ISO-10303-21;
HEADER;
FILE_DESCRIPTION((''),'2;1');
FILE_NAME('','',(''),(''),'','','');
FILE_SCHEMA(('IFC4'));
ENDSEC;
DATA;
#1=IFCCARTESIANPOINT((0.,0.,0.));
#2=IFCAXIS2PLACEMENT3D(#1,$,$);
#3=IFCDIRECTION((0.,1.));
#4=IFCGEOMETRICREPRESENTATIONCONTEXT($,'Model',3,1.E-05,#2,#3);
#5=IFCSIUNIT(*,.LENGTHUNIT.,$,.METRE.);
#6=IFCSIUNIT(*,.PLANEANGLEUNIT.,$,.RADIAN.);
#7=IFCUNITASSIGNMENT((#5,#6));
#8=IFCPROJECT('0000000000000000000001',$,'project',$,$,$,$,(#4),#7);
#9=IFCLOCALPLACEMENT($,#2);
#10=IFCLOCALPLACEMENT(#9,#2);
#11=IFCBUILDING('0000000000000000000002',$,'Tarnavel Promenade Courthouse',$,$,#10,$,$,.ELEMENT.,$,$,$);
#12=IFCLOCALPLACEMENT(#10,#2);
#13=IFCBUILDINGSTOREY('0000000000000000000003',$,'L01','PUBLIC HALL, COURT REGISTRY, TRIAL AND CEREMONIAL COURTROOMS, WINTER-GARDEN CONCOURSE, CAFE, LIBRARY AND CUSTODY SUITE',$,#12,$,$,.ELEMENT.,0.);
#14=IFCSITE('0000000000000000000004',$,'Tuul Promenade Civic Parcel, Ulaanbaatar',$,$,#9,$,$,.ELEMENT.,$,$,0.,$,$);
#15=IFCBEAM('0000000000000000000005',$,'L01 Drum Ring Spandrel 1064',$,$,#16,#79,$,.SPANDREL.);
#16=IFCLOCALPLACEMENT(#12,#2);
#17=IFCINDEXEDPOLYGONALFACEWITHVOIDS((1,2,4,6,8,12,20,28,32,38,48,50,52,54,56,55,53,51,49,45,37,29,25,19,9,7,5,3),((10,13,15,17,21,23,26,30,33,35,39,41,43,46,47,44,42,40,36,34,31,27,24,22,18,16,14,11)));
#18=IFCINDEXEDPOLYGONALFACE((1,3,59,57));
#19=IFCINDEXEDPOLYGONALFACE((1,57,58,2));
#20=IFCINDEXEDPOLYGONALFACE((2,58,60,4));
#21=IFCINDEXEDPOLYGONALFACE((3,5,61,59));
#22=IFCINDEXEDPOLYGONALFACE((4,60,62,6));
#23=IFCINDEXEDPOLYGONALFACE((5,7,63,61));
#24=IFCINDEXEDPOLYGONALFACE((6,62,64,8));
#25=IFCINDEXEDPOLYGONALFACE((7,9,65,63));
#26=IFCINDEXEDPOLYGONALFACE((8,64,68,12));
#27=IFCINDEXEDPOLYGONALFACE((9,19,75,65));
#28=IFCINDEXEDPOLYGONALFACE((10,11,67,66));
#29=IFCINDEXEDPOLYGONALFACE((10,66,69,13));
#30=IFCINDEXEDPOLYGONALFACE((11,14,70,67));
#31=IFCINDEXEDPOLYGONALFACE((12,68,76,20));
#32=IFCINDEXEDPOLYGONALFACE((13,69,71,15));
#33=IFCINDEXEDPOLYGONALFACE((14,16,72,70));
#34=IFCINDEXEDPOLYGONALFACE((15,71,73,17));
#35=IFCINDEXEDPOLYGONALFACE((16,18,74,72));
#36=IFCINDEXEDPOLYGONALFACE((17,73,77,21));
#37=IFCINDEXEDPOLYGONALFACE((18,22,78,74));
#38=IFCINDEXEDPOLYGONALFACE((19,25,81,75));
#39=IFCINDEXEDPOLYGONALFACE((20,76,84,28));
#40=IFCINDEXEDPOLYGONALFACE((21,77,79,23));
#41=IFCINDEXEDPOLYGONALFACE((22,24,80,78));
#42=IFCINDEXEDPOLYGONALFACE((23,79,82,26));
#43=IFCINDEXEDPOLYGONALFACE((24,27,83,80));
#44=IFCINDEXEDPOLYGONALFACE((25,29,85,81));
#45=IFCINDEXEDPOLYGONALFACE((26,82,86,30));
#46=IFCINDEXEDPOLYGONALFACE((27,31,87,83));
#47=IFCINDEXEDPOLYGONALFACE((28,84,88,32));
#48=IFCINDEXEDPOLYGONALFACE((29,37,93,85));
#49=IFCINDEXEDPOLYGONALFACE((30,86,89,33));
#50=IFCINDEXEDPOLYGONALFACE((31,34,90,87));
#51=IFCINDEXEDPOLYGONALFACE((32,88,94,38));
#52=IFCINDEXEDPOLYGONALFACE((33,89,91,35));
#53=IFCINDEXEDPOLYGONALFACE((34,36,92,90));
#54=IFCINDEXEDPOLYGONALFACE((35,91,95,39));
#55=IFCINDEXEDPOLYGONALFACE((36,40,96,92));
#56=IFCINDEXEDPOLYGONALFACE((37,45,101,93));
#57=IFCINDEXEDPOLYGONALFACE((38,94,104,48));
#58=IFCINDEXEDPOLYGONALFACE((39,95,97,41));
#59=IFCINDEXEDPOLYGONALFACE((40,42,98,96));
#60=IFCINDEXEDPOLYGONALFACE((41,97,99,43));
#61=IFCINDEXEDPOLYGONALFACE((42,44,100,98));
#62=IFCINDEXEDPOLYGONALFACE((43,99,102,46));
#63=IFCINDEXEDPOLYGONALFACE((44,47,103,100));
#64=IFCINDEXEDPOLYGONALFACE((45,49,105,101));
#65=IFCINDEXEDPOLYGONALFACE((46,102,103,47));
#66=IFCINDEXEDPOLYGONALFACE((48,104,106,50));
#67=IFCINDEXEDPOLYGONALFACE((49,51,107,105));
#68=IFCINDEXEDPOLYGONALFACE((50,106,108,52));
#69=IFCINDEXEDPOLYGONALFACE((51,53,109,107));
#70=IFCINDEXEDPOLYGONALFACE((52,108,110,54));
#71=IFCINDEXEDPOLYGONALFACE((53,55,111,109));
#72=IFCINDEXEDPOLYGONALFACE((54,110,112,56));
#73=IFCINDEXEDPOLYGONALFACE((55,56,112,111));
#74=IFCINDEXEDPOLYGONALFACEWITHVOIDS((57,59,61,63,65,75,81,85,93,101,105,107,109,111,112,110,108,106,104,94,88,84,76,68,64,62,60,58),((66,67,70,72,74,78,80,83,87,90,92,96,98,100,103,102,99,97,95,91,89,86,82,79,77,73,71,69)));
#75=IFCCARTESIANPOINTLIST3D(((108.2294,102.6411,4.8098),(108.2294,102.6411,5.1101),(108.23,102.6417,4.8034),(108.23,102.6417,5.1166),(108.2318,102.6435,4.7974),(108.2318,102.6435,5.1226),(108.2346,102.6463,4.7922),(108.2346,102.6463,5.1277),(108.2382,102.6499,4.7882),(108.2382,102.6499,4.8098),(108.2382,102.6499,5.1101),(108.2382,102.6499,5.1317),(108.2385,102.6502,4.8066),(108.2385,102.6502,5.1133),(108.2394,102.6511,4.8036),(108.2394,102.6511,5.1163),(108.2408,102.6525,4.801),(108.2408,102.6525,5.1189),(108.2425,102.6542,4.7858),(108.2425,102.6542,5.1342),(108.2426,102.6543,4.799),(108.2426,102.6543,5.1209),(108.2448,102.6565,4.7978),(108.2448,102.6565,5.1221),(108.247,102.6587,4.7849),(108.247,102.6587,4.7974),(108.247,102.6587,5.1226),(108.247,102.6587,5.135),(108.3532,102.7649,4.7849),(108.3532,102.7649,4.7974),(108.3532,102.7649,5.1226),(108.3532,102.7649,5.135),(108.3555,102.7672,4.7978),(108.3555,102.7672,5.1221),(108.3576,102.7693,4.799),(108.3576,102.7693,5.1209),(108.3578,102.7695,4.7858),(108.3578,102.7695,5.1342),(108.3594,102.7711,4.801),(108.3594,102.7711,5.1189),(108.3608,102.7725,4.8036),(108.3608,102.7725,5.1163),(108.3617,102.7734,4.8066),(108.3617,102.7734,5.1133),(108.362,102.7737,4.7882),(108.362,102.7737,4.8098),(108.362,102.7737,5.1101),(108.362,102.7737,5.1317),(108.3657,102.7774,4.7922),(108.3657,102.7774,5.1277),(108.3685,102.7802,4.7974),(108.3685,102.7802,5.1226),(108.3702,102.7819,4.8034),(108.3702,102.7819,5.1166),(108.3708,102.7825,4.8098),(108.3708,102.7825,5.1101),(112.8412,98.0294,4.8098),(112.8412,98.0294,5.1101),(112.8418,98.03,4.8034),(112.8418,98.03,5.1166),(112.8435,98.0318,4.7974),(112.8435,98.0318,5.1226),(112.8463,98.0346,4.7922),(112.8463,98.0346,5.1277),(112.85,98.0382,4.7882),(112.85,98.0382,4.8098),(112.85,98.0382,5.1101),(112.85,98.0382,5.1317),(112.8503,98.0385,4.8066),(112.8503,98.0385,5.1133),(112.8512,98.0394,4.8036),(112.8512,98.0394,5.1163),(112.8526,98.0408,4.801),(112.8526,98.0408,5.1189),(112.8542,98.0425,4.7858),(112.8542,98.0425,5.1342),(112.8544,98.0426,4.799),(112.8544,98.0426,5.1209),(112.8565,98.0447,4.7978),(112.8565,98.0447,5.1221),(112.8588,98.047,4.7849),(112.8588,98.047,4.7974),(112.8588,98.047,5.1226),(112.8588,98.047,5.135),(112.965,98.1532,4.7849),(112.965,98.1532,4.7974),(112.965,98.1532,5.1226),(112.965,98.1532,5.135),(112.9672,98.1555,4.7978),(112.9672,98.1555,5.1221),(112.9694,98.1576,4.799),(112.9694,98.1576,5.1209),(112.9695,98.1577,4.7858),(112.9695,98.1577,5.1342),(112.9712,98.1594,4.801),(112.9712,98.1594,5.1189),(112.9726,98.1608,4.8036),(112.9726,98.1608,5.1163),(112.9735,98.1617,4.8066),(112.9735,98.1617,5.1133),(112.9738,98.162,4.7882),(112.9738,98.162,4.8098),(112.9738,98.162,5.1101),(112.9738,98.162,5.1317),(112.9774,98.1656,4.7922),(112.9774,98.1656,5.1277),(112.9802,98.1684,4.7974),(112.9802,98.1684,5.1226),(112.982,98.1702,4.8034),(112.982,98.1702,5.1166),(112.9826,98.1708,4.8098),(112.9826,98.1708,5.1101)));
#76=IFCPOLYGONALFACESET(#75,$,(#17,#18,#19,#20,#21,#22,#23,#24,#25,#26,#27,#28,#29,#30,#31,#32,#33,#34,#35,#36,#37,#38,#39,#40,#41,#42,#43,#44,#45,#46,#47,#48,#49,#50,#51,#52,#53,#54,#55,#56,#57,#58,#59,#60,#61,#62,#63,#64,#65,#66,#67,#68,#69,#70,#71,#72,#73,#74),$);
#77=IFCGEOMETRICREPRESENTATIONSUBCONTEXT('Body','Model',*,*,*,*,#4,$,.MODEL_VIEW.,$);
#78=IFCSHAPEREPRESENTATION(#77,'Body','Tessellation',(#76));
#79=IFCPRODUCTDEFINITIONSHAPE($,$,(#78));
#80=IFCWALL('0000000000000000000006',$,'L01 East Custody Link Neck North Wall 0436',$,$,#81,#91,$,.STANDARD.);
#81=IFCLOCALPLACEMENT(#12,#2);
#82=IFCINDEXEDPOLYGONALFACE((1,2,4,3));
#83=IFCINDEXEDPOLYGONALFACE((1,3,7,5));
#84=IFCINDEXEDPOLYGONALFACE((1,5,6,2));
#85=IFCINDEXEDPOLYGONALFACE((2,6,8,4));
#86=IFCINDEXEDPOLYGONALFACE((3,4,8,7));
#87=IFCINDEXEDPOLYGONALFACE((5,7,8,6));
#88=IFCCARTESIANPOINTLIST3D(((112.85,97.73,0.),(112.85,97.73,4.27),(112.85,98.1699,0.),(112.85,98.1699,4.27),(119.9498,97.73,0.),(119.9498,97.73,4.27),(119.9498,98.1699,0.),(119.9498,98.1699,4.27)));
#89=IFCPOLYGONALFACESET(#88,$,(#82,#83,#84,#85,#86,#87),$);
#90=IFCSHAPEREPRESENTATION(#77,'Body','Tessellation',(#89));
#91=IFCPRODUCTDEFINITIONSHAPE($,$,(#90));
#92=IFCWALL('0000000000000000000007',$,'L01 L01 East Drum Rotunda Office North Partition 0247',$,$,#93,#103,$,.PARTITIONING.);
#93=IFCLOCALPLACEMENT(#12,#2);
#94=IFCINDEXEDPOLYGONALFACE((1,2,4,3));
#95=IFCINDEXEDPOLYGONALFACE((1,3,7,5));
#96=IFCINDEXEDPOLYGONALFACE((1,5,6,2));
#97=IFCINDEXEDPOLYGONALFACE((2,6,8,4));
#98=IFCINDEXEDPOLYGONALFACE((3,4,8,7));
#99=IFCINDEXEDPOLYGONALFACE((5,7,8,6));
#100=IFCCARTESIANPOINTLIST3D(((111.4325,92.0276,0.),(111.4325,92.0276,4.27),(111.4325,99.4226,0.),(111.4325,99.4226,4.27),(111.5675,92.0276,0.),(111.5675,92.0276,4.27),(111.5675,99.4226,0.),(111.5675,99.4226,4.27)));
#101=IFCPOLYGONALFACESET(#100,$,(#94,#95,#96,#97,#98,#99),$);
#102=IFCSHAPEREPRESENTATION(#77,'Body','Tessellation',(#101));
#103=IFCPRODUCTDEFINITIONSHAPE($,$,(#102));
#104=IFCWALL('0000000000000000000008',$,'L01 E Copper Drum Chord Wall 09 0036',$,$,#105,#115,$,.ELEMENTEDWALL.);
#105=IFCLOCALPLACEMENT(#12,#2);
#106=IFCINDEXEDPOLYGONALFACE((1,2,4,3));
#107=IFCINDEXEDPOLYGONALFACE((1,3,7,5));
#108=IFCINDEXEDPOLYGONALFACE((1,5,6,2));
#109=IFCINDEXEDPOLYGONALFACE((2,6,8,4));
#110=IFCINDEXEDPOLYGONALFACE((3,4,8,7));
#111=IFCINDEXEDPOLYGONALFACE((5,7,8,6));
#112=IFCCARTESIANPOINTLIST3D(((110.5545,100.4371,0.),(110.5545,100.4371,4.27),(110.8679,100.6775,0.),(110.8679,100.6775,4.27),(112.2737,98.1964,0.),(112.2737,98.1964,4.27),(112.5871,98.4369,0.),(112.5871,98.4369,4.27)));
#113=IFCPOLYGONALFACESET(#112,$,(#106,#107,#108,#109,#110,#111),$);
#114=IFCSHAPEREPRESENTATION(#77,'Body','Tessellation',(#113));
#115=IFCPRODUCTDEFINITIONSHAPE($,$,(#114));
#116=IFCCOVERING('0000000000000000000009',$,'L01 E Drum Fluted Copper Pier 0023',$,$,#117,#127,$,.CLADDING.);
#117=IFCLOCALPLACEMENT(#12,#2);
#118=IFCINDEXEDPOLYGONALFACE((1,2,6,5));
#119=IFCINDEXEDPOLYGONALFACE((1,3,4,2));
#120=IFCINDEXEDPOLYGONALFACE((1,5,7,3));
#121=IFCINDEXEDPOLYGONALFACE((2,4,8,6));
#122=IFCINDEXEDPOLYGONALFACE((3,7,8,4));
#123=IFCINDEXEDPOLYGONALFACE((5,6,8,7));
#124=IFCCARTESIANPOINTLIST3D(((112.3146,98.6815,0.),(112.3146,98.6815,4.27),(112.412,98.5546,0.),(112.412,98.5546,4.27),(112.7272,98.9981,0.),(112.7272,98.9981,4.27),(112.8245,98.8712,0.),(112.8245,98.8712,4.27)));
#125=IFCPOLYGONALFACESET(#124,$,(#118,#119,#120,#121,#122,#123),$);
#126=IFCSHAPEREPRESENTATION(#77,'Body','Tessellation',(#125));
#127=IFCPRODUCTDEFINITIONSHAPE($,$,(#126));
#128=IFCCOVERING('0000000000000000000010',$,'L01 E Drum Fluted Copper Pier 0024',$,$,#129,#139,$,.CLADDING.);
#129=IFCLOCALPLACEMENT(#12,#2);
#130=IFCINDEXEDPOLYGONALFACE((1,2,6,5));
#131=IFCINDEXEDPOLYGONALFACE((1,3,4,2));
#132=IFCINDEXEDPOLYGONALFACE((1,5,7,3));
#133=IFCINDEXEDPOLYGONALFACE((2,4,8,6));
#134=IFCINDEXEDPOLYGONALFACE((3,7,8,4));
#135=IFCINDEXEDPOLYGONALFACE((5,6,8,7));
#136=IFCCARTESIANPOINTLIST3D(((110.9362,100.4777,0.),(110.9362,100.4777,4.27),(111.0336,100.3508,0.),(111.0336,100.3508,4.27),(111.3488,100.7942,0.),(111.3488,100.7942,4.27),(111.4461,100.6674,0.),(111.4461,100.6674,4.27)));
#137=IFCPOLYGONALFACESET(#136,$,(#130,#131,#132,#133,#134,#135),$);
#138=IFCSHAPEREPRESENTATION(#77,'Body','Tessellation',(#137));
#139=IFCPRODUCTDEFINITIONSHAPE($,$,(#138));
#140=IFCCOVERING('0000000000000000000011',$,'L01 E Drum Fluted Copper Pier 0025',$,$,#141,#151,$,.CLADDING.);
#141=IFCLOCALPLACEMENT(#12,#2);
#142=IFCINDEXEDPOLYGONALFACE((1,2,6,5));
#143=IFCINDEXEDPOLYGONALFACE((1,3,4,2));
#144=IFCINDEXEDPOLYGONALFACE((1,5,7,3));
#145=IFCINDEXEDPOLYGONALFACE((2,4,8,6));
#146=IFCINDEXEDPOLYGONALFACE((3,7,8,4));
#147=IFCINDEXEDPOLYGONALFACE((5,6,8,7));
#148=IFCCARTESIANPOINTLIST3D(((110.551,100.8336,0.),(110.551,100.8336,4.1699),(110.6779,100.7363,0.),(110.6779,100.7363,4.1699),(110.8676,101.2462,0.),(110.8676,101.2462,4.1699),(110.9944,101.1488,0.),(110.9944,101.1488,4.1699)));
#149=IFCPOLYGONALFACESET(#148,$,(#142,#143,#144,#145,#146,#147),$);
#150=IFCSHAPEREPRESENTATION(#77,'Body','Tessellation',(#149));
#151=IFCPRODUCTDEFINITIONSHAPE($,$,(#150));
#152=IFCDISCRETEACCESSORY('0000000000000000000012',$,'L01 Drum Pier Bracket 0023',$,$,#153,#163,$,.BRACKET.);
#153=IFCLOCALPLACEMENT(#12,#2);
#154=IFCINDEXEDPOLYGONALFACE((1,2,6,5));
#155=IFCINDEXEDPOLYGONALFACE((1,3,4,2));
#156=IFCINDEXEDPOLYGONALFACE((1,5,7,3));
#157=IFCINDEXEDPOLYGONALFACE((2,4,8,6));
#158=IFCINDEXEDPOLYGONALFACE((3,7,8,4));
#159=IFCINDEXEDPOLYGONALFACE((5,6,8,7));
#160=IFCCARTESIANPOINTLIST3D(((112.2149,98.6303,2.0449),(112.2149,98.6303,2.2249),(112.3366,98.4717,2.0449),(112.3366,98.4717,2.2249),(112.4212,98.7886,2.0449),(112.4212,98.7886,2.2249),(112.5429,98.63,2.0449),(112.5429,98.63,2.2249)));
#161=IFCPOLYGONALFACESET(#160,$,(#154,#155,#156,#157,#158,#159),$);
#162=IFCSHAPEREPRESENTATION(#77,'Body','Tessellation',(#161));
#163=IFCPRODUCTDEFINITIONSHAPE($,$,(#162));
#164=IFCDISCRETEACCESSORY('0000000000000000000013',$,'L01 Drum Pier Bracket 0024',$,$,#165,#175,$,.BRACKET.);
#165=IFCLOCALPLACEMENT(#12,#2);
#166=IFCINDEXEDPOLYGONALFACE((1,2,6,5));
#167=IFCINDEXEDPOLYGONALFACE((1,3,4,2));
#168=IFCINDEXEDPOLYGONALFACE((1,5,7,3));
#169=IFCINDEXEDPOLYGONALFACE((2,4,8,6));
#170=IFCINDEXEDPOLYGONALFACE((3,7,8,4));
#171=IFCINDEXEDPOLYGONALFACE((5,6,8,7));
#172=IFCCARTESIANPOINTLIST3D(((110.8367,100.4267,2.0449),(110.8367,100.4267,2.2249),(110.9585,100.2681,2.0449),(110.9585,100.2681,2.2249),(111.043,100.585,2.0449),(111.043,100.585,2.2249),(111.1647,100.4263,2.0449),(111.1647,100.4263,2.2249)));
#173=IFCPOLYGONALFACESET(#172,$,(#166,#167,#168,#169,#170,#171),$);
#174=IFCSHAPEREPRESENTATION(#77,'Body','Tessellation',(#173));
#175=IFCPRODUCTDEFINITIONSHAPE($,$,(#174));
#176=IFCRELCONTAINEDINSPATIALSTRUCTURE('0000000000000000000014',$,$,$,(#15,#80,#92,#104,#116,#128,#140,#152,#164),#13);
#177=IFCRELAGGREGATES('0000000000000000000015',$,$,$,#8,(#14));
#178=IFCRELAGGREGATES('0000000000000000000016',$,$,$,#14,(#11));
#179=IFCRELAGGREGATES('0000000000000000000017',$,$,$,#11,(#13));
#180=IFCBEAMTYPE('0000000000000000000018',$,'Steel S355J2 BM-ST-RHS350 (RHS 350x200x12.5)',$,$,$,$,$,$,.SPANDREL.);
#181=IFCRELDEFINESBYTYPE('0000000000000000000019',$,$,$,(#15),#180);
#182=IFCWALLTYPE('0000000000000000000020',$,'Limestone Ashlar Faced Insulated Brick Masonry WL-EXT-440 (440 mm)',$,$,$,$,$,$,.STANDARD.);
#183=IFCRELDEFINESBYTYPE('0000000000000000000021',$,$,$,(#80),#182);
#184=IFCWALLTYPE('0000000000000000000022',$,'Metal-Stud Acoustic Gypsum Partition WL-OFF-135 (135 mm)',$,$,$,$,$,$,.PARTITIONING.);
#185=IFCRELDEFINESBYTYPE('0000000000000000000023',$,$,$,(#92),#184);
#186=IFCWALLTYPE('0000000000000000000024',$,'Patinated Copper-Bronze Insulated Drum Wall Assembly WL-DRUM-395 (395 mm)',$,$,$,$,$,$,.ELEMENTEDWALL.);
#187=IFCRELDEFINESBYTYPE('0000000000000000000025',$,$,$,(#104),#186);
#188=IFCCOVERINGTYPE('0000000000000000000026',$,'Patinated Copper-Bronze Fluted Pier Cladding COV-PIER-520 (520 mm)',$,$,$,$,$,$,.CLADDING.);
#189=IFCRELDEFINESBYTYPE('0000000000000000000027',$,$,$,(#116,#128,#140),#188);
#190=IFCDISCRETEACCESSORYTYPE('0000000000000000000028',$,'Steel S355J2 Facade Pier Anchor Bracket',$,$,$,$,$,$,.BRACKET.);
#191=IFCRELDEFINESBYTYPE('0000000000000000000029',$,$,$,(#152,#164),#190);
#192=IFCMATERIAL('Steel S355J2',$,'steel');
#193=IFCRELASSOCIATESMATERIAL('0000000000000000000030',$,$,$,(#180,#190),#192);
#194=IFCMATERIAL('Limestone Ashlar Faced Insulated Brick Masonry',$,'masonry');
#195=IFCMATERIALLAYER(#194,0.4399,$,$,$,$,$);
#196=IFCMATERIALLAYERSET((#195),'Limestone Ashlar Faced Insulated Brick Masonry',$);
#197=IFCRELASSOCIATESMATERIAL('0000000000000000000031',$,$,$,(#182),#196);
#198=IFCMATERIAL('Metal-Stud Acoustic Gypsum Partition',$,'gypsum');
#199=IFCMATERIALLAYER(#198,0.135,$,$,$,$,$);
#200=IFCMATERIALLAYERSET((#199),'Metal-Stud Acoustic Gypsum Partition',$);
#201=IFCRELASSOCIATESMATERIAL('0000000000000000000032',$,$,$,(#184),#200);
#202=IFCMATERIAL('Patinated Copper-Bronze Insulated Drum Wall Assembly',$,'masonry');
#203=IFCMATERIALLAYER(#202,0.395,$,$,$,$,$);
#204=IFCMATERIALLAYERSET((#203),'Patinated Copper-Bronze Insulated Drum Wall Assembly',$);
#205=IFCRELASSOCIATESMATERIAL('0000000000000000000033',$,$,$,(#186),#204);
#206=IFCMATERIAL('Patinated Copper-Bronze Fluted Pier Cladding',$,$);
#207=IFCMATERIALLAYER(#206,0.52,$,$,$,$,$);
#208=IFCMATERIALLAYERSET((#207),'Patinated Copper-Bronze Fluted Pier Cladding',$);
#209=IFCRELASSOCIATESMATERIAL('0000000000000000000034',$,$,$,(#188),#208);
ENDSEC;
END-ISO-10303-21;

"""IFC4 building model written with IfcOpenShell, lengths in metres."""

from ifc_helpers import new_model, si_unit, direction, frame, frame_2d, origin, origin_2d, place, context, subcontext, project, spatial, rectangle, hollow_rectangle, extrude, material, layer, layer_set, material_profile, profile_set, type_object, element, save


model = new_model("IFC4")

# Units and contexts
model_context = context("Model", 3, precision=1e-05, world=origin(), true_north=direction((0.0, 1.0)))
body_context = subcontext(model_context, "Body", "Model", "MODEL_VIEW")
ifc_project = project(units=[si_unit("LENGTHUNIT", "METRE"), si_unit("PLANEANGLEUNIT", "RADIAN")], contexts=[model_context])

# Site, building, storey
site_placement = place(None, origin())
site = spatial("IfcSite", under=ifc_project, at=site_placement, Name="Tuul Promenade Civic Parcel, Ulaanbaatar", CompositionType="ELEMENT", RefElevation=0.0)
building_placement = place(site_placement, origin())
building = spatial("IfcBuilding", under=site, at=building_placement, Name="Tarnavel Promenade Courthouse", CompositionType="ELEMENT")
storey_placement = place(building_placement, origin())
storey = spatial("IfcBuildingStorey", under=building, at=storey_placement, Name="L01", Description="PUBLIC HALL, COURT REGISTRY, TRIAL AND CEREMONIAL COURTROOMS, WINTER-GARDEN CONCOURSE, CAFE, LIBRARY AND CUSTODY SUITE", CompositionType="ELEMENT", Elevation=0.0)

# Beam
ifc_material_1 = material(Name="Steel S355J2", Category="steel")
ifc_material_profile_1 = material_profile(ifc_material_1, hollow_rectangle(XDim=0.2, YDim=0.3501, WallThickness=0.0125, InnerFilletRadius=0.0125, OuterFilletRadius=0.0249, at=origin_2d()), Name="RHS 350x200x12.5")
ifc_profile_set_1 = profile_set([ifc_material_profile_1], Name="Steel S355J2")
beam_type_1 = type_object("IfcBeamType", Name="Steel S355J2 BM-ST-RHS350 (RHS 350x200x12.5)", PredefinedType="SPANDREL", material=ifc_profile_set_1)
beam_1_placement = place(storey_placement, frame((112.9119, 98.1001, 4.96), z_axis=(-0.707107, 0.707107, 0.0), x_axis=(-0.707107, -0.707107, 0.0)))
element("IfcBeam", 1, at=beam_1_placement, inside=storey, type_object=beam_type_1, Name="L01 Drum Ring Spandrel 1064", PredefinedType="SPANDREL", context=body_context, shape_type="SweptSolid", body=[
    extrude(hollow_rectangle(XDim=0.2, YDim=0.3501, WallThickness=0.0125, InnerFilletRadius=0.0125, OuterFilletRadius=0.0249, at=origin_2d()), origin(), (0.0, 0.0, 1.0), 6.522),
])

# Walls
ifc_material_2 = material(Name="Limestone Ashlar Faced Insulated Brick Masonry", Category="masonry")
ifc_layer_1 = layer(ifc_material_2, 0.4399)
ifc_layer_set_1 = layer_set([ifc_layer_1], Name="Limestone Ashlar Faced Insulated Brick Masonry")
wall_type_1 = type_object("IfcWallType", Name="Limestone Ashlar Faced Insulated Brick Masonry WL-EXT-440 (440 mm)", PredefinedType="STANDARD", material=ifc_layer_set_1)
wall_1_placement = place(storey_placement, frame((112.8501, 97.95, 0.0), z_axis=(0.0, 0.0, 1.0), x_axis=(1.0, 0.0, 0.0)))
element("IfcWall", 2, at=wall_1_placement, inside=storey, type_object=wall_type_1, Name="L01 East Custody Link Neck North Wall 0436", PredefinedType="STANDARD", context=body_context, shape_type="SweptSolid", body=[
    extrude(rectangle(XDim=7.0999, YDim=0.4399, at=frame_2d((3.5498, 0.0))), origin(), (0.0, 0.0, 1.0), 4.27),
])
ifc_material_3 = material(Name="Metal-Stud Acoustic Gypsum Partition", Category="gypsum")
ifc_layer_2 = layer(ifc_material_3, 0.135)
ifc_layer_set_2 = layer_set([ifc_layer_2], Name="Metal-Stud Acoustic Gypsum Partition")
wall_type_2 = type_object("IfcWallType", Name="Metal-Stud Acoustic Gypsum Partition WL-OFF-135 (135 mm)", PredefinedType="PARTITIONING", material=ifc_layer_set_2)
wall_2_placement = place(storey_placement, frame((111.5, 99.4226, 0.0), z_axis=(0.0, 0.0, 1.0), x_axis=(0.0, -1.0, 0.0)))
element("IfcWall", 3, at=wall_2_placement, inside=storey, type_object=wall_type_2, Name="L01 L01 East Drum Rotunda Office North Partition 0247", PredefinedType="PARTITIONING", context=body_context, shape_type="SweptSolid", body=[
    extrude(rectangle(XDim=7.395, YDim=0.135, at=frame_2d((3.6975, 0.0))), origin(), (0.0, 0.0, 1.0), 4.27),
])
ifc_material_4 = material(Name="Patinated Copper-Bronze Insulated Drum Wall Assembly", Category="masonry")
ifc_layer_3 = layer(ifc_material_4, 0.395)
ifc_layer_set_3 = layer_set([ifc_layer_3], Name="Patinated Copper-Bronze Insulated Drum Wall Assembly")
wall_type_3 = type_object("IfcWallType", Name="Patinated Copper-Bronze Insulated Drum Wall Assembly WL-DRUM-395 (395 mm)", PredefinedType="ELEMENTEDWALL", material=ifc_layer_set_3)
wall_3_placement = place(storey_placement, frame((112.4304, 98.3167, 0.0), z_axis=(0.0, 0.0, 1.0), x_axis=(-0.608733, 0.793375, 0.0)))
element("IfcWall", 4, at=wall_3_placement, inside=storey, type_object=wall_type_3, Name="L01 E Copper Drum Chord Wall 09 0036", PredefinedType="ELEMENTEDWALL", context=body_context, shape_type="SweptSolid", body=[
    extrude(rectangle(XDim=2.8242, YDim=0.395, at=frame_2d((1.4121, 0.0))), origin(), (0.0, 0.0, 1.0), 4.27),
])

# Coverings
ifc_material_5 = material(Name="Patinated Copper-Bronze Fluted Pier Cladding")
ifc_layer_4 = layer(ifc_material_5, 0.52)
ifc_layer_set_4 = layer_set([ifc_layer_4], Name="Patinated Copper-Bronze Fluted Pier Cladding")
covering_type = type_object("IfcCoveringType", Name="Patinated Copper-Bronze Fluted Pier Cladding COV-PIER-520 (520 mm)", PredefinedType="CLADDING", material=ifc_layer_set_4)
for number, where, z_axis, x_axis, name in (
    (5, (112.5696, 98.7764, 0.0), (0.0, 0.0, 1.0), (-0.608761, 0.793353, 0.0), "L01 E Drum Fluted Copper Pier 0023"),
    (6, (111.1912, 100.5725, 0.0), (0.0, 0.0, 1.0), (-0.608761, 0.793353, 0.0), "L01 E Drum Fluted Copper Pier 0024"),
):
    element("IfcCovering", number, at=place(storey_placement, frame(where, z_axis=z_axis, x_axis=x_axis)), inside=storey, type_object=covering_type, Name=name, PredefinedType="CLADDING", context=body_context, shape_type="SweptSolid", body=[
        extrude(rectangle(XDim=0.1599, YDim=0.52, at=origin_2d()), origin(), (0.0, 0.0, 1.0), 4.27),
    ])
covering_placement = place(storey_placement, frame((110.7727, 100.9912, 0.0), z_axis=(0.0, 0.0, 1.0), x_axis=(-0.793353, 0.608761, 0.0)))
element("IfcCovering", 7, at=covering_placement, inside=storey, type_object=covering_type, Name="L01 E Drum Fluted Copper Pier 0025", PredefinedType="CLADDING", context=body_context, shape_type="SweptSolid", body=[
    extrude(rectangle(XDim=0.1599, YDim=0.52, at=origin_2d()), origin(), (0.0, 0.0, 1.0), 4.1699),
])

# Discrete accessories
discrete_accessory_type = type_object("IfcDiscreteAccessoryType", Name="Steel S355J2 Facade Pier Anchor Bracket", PredefinedType="BRACKET", material=ifc_material_1)
for number, where, z_axis, x_axis, name in (
    (8, (112.3789, 98.6301, 2.0449), (0.0, 0.0, 1.0), (-0.608761, 0.793353, 0.0), "L01 Drum Pier Bracket 0023"),
    (9, (111.0007, 100.4265, 2.0449), (0.0, 0.0, 1.0), (-0.608761, 0.793353, 0.0), "L01 Drum Pier Bracket 0024"),
):
    element("IfcDiscreteAccessory", number, at=place(storey_placement, frame(where, z_axis=z_axis, x_axis=x_axis)), inside=storey, type_object=discrete_accessory_type, Name=name, PredefinedType="BRACKET", context=body_context, shape_type="SweptSolid", body=[
        extrude(rectangle(XDim=0.2, YDim=0.26, at=origin_2d()), origin(), (0.0, 0.0, 1.0), 0.1799),
    ])

save(model, "model.ifc")
